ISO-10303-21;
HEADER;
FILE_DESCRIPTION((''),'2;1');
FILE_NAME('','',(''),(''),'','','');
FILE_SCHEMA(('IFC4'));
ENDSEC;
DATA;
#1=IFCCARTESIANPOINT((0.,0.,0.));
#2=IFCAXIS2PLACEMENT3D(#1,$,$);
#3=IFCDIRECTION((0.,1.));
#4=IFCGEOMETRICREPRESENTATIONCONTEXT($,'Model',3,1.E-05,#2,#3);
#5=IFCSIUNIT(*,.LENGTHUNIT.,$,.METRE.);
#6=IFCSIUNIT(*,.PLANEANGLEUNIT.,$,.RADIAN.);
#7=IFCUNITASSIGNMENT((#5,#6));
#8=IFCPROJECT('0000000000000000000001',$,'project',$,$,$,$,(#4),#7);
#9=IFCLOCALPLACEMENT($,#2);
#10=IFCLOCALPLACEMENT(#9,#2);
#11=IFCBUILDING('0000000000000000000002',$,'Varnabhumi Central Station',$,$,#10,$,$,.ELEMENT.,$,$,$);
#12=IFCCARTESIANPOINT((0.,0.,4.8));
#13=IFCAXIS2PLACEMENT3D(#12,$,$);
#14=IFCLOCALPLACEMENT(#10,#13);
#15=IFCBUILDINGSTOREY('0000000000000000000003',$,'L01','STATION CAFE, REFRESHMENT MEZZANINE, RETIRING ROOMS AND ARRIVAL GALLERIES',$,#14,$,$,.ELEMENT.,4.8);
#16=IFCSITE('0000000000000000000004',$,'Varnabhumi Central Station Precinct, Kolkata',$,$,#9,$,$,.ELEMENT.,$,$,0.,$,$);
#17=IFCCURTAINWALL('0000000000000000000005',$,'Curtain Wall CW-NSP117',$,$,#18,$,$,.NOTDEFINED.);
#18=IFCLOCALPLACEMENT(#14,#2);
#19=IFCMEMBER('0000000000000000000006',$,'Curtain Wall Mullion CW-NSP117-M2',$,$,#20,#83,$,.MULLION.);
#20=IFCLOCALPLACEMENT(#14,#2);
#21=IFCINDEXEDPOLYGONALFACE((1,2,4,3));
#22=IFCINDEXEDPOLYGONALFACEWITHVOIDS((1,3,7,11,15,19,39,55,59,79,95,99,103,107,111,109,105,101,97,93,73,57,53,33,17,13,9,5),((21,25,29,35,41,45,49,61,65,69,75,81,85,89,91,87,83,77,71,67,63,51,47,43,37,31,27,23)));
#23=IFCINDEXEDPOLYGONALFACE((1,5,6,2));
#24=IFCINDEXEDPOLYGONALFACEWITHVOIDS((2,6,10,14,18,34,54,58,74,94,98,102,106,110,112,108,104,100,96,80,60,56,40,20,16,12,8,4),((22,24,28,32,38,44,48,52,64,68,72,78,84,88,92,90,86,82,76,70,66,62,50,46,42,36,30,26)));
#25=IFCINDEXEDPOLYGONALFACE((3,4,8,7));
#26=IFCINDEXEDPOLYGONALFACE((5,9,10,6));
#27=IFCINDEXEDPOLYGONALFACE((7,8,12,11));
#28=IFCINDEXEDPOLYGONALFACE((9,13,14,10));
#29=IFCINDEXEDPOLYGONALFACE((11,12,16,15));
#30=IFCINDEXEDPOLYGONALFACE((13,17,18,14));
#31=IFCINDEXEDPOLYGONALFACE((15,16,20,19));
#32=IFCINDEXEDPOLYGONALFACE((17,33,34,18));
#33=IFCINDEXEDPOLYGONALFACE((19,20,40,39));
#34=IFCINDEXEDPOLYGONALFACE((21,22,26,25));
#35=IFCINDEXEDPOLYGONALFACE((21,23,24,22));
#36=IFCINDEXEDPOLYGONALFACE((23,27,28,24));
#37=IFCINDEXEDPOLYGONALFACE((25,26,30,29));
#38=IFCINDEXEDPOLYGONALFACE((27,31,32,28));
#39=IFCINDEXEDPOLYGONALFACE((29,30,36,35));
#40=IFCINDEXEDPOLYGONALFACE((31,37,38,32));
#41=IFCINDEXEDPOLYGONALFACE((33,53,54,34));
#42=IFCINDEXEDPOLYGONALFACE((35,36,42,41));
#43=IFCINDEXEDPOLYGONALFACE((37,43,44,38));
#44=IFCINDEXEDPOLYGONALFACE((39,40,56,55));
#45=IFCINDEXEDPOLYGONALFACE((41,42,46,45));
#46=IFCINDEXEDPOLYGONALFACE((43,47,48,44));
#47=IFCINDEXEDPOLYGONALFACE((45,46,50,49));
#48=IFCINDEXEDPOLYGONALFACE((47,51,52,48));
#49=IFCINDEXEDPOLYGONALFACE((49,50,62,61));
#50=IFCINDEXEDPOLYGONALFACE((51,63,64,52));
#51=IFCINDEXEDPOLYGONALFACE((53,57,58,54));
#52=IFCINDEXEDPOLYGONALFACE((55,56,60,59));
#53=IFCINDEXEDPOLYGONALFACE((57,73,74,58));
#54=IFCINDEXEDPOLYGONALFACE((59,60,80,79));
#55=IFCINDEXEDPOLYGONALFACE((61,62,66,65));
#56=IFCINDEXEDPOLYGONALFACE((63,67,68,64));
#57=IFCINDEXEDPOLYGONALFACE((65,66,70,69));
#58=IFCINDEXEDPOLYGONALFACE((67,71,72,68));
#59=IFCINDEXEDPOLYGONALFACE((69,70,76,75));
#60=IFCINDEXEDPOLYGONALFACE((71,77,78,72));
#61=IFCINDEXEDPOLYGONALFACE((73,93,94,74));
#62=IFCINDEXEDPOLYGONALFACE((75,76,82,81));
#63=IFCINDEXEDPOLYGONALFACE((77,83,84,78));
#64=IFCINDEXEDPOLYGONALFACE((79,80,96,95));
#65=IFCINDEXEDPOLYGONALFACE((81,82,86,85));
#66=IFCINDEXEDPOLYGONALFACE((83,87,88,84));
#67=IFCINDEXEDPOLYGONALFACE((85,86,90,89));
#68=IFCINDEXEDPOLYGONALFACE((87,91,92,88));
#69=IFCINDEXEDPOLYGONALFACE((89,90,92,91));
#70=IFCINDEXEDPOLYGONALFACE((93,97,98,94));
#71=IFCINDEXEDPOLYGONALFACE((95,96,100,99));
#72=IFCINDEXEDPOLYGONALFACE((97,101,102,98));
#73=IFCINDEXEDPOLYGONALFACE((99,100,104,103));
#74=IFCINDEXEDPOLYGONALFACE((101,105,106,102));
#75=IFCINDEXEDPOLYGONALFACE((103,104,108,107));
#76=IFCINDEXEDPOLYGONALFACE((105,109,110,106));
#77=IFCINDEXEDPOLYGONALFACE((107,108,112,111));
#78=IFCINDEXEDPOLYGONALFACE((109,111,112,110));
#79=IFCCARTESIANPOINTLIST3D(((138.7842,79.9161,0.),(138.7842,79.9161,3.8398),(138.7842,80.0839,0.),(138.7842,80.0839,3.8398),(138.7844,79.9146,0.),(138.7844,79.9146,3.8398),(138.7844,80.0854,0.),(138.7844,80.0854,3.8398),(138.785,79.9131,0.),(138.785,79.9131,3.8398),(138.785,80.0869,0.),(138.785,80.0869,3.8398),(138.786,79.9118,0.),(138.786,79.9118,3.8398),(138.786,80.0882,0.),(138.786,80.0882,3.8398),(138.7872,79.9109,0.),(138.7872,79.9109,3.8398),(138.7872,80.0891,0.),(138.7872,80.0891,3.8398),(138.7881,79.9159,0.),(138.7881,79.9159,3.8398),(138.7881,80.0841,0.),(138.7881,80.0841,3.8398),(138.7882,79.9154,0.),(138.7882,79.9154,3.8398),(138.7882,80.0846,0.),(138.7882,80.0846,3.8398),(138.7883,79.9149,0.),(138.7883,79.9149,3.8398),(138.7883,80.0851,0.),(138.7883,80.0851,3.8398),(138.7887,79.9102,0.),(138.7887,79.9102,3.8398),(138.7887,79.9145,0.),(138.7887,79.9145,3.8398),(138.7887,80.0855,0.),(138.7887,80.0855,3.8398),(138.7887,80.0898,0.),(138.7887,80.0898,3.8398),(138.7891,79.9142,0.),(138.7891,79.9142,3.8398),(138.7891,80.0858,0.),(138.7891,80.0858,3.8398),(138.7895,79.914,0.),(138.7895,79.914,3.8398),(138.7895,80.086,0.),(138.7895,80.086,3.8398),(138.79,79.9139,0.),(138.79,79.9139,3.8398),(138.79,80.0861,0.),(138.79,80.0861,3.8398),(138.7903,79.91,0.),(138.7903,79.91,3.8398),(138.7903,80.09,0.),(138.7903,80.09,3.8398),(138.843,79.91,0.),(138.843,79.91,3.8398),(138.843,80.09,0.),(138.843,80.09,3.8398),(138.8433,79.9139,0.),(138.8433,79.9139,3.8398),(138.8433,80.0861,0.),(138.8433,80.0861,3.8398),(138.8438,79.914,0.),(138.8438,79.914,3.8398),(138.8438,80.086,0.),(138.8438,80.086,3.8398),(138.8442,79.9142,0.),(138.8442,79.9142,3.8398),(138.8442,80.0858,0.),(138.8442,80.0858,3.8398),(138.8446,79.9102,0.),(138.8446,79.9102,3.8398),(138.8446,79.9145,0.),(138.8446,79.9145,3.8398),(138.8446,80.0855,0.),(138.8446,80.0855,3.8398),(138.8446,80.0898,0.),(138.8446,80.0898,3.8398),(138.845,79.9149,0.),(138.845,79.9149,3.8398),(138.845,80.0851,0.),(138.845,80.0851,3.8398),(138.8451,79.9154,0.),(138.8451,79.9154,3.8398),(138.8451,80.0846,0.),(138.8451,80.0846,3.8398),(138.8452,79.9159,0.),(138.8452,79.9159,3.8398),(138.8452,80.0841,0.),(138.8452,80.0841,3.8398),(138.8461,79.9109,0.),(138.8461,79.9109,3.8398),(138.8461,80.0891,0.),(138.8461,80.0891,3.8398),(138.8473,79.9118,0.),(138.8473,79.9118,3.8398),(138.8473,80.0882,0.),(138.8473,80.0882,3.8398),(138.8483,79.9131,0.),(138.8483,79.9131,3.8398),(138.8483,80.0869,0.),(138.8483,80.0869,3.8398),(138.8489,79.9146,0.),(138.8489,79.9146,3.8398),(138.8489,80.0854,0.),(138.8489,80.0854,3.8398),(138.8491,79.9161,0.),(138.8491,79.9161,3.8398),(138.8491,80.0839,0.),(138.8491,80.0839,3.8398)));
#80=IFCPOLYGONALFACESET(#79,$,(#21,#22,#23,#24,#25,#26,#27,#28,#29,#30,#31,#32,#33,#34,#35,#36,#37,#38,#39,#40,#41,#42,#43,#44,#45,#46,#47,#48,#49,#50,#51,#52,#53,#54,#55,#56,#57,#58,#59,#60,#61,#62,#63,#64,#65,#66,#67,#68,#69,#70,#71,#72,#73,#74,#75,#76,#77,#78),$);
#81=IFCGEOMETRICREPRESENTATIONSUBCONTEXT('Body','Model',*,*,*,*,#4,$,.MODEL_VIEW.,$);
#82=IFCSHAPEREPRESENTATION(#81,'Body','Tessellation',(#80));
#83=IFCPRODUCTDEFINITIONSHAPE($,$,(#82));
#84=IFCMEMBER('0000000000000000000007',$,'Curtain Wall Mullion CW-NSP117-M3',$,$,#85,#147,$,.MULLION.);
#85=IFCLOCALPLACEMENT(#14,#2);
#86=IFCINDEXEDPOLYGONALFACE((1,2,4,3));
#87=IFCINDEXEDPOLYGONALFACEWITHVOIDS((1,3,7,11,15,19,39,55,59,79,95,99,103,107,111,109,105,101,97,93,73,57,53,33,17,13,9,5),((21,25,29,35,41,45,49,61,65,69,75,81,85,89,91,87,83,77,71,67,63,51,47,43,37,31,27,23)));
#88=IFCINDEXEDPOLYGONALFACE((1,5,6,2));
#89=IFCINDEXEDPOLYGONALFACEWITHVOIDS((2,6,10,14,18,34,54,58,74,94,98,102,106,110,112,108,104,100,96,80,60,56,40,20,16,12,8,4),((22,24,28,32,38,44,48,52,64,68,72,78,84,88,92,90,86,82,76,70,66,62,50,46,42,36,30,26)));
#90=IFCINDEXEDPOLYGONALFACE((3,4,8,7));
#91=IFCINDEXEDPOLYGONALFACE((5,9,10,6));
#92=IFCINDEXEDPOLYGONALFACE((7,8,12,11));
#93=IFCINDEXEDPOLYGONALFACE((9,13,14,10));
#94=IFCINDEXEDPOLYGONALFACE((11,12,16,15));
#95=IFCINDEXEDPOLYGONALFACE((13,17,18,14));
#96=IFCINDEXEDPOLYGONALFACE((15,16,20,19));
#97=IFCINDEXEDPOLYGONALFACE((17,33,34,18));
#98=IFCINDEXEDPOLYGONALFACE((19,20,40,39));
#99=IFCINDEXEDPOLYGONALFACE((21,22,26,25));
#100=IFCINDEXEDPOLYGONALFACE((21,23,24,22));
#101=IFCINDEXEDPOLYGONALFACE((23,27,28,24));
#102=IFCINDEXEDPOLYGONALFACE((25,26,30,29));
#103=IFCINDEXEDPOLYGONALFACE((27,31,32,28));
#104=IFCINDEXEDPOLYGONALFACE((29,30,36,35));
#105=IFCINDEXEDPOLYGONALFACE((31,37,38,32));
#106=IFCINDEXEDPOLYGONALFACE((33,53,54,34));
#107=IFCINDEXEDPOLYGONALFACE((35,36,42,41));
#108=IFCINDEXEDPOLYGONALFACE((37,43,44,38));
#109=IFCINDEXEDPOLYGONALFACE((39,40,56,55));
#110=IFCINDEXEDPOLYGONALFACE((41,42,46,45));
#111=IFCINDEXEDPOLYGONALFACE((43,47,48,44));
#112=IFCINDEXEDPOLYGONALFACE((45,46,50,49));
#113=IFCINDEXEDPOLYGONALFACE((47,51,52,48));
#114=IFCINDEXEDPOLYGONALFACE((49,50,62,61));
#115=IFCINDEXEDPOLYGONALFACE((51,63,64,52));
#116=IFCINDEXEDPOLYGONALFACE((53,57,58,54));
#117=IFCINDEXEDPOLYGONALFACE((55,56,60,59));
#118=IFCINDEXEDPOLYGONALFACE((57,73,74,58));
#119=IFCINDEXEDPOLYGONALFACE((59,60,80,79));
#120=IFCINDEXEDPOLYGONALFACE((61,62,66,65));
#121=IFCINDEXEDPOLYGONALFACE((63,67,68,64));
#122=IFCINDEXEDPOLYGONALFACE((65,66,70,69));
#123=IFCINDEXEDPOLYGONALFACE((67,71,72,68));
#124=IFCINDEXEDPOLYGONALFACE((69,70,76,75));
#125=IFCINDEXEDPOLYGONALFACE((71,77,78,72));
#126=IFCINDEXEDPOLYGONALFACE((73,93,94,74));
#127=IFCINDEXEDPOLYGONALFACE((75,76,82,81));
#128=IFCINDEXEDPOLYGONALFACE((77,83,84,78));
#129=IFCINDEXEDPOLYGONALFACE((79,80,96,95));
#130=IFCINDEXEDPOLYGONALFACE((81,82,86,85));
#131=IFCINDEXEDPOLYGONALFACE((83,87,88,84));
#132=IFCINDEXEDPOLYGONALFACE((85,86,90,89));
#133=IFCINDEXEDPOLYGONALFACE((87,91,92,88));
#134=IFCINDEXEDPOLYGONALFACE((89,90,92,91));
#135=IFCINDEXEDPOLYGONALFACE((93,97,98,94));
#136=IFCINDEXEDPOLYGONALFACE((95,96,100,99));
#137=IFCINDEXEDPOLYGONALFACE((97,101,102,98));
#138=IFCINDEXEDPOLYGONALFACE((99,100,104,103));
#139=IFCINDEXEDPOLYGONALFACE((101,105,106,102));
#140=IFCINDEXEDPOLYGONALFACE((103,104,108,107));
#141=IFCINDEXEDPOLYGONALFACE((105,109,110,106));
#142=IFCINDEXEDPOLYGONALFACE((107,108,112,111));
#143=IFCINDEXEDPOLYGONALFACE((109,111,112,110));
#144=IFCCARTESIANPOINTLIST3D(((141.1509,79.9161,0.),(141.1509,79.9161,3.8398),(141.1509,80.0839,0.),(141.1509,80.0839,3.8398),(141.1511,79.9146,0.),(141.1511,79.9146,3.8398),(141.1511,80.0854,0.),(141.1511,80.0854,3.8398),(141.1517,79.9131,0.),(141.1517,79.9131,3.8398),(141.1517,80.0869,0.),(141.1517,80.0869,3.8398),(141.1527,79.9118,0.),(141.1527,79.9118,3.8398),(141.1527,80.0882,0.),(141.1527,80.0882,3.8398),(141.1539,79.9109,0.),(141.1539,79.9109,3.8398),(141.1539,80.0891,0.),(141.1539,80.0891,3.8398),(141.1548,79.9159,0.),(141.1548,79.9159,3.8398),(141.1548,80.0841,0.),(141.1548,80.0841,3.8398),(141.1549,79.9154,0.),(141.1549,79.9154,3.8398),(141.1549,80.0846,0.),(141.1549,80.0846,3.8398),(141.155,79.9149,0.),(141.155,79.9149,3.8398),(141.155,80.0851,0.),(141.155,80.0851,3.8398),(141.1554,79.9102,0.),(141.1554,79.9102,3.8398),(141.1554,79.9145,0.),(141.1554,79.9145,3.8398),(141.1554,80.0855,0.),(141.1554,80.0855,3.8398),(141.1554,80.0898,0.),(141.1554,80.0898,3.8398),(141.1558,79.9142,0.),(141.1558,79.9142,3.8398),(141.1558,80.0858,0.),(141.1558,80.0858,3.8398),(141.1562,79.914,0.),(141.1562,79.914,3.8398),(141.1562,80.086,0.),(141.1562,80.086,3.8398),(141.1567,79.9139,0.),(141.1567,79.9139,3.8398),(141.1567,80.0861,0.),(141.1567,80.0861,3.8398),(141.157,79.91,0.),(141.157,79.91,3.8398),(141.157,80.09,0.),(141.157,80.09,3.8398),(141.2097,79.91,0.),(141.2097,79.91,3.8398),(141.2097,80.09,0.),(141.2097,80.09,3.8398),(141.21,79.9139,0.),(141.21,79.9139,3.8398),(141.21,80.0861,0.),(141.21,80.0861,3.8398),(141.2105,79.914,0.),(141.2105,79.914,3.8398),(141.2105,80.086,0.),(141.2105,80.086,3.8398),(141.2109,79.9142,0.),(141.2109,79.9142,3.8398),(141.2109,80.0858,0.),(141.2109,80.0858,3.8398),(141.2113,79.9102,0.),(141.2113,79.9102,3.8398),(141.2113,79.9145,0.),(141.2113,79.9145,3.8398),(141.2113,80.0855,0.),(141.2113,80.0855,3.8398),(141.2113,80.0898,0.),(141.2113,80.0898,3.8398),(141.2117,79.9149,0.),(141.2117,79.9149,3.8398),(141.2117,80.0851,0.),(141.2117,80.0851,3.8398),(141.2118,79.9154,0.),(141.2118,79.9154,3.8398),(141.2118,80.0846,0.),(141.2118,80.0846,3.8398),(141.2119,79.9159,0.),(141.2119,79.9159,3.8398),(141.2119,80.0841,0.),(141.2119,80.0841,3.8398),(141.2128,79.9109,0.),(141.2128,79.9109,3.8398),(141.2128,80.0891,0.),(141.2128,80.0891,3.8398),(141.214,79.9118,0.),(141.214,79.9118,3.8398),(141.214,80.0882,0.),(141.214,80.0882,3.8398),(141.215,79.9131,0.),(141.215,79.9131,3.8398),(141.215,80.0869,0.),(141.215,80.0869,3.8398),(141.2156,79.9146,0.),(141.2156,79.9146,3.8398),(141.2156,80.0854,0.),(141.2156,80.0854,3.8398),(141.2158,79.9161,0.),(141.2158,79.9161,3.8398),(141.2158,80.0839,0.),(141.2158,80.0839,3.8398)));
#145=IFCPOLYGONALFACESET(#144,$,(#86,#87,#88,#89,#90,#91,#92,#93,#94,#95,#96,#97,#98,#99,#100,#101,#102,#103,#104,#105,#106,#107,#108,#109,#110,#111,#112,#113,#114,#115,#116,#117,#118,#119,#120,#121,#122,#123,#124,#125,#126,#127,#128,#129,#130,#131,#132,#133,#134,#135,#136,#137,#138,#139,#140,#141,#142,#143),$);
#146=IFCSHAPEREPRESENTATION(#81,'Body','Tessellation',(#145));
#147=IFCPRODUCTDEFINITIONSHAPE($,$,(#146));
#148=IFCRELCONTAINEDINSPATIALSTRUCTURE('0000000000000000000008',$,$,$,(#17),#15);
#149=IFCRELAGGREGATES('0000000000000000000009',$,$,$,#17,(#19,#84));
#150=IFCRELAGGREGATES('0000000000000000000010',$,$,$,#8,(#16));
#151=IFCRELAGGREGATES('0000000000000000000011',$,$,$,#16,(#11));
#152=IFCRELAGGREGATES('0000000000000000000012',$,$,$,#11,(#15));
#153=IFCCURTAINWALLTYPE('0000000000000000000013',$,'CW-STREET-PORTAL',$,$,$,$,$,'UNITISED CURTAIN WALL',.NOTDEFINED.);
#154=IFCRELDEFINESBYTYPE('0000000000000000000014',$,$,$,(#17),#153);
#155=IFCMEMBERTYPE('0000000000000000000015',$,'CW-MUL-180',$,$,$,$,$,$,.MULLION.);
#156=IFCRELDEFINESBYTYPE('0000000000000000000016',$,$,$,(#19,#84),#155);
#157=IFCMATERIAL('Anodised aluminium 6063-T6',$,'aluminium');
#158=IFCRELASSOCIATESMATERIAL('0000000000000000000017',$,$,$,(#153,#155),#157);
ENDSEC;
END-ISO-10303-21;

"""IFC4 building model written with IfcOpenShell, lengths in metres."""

from ifc_helpers import new_model, si_unit, direction, frame, origin, origin_2d, place, context, subcontext, project, spatial, hollow_rectangle, extrude, material, material_profile, profile_set, type_object, element, aggregate, save


model = new_model("IFC4")

# Units and contexts
model_context = context("Model", 3, precision=1e-05, world=origin(), true_north=direction((0.0, 1.0)))
body_context = subcontext(model_context, "Body", "Model", "MODEL_VIEW")
ifc_project = project(units=[si_unit("LENGTHUNIT", "METRE"), si_unit("PLANEANGLEUNIT", "RADIAN")], contexts=[model_context])

# Site, building, storey
site_placement = place(None, origin())
site = spatial("IfcSite", under=ifc_project, at=site_placement, Name="Varnabhumi Central Station Precinct, Kolkata", CompositionType="ELEMENT", RefElevation=0.0)
building_placement = place(site_placement, origin())
building = spatial("IfcBuilding", under=site, at=building_placement, Name="Varnabhumi Central Station", CompositionType="ELEMENT")
storey_placement = place(building_placement, frame((0.0, 0.0, 4.8)))
storey = spatial("IfcBuildingStorey", under=building, at=storey_placement, Name="L01", Description="STATION CAFE, REFRESHMENT MEZZANINE, RETIRING ROOMS AND ARRIVAL GALLERIES", CompositionType="ELEMENT", Elevation=4.8)

# Curtain wall, members
ifc_material_1 = material(Name="Anodised aluminium 6063-T6", Category="aluminium")
curtain_wall_type_1 = type_object("IfcCurtainWallType", Name="CW-STREET-PORTAL", ElementType="UNITISED CURTAIN WALL", PredefinedType="NOTDEFINED", material=ifc_material_1)
curtain_wall_1_placement = place(storey_placement, origin())
curtain_wall_1 = element("IfcCurtainWall", 1, at=curtain_wall_1_placement, inside=storey, type_object=curtain_wall_type_1, Name="Curtain Wall CW-NSP117", PredefinedType="NOTDEFINED")
ifc_material_profile_1 = material_profile(ifc_material_1, hollow_rectangle(XDim=0.0649, YDim=0.1799, WallThickness=0.0039, InnerFilletRadius=0.002, OuterFilletRadius=0.0061, at=origin_2d()), Name="Anodised aluminium 6063-T6", Category="aluminium")
ifc_profile_set_1 = profile_set([ifc_material_profile_1], Name="Anodised aluminium 6063-T6")
member_type_1 = type_object("IfcMemberType", Name="CW-MUL-180", PredefinedType="MULLION", material=ifc_profile_set_1)
member_1_placement = place(storey_placement, frame((138.8167, 80.0, 0.0), z_axis=(0.0, 0.0, 1.0), x_axis=(1.0, 0.0, 0.0)))
member_1 = element("IfcMember", 2, at=member_1_placement, type_object=member_type_1, Name="Curtain Wall Mullion CW-NSP117-M2", PredefinedType="MULLION", context=body_context, shape_type="SweptSolid", body=[
    extrude(hollow_rectangle(XDim=0.0649, YDim=0.1799, WallThickness=0.0039, InnerFilletRadius=0.002, OuterFilletRadius=0.0061, at=origin_2d()), origin(), (0.0, 0.0, 1.0), 3.8398),
])
member_2_placement = place(storey_placement, frame((141.1833, 80.0, 0.0), z_axis=(0.0, 0.0, 1.0), x_axis=(1.0, 0.0, 0.0)))
member_2 = element("IfcMember", 3, at=member_2_placement, type_object=member_type_1, Name="Curtain Wall Mullion CW-NSP117-M3", PredefinedType="MULLION", context=body_context, shape_type="SweptSolid", body=[
    extrude(hollow_rectangle(XDim=0.0649, YDim=0.1799, WallThickness=0.0039, InnerFilletRadius=0.002, OuterFilletRadius=0.0061, at=origin_2d()), origin(), (0.0, 0.0, 1.0), 3.8398),
])

aggregate(curtain_wall_1, [member_1, member_2])

save(model, "model.ifc")
